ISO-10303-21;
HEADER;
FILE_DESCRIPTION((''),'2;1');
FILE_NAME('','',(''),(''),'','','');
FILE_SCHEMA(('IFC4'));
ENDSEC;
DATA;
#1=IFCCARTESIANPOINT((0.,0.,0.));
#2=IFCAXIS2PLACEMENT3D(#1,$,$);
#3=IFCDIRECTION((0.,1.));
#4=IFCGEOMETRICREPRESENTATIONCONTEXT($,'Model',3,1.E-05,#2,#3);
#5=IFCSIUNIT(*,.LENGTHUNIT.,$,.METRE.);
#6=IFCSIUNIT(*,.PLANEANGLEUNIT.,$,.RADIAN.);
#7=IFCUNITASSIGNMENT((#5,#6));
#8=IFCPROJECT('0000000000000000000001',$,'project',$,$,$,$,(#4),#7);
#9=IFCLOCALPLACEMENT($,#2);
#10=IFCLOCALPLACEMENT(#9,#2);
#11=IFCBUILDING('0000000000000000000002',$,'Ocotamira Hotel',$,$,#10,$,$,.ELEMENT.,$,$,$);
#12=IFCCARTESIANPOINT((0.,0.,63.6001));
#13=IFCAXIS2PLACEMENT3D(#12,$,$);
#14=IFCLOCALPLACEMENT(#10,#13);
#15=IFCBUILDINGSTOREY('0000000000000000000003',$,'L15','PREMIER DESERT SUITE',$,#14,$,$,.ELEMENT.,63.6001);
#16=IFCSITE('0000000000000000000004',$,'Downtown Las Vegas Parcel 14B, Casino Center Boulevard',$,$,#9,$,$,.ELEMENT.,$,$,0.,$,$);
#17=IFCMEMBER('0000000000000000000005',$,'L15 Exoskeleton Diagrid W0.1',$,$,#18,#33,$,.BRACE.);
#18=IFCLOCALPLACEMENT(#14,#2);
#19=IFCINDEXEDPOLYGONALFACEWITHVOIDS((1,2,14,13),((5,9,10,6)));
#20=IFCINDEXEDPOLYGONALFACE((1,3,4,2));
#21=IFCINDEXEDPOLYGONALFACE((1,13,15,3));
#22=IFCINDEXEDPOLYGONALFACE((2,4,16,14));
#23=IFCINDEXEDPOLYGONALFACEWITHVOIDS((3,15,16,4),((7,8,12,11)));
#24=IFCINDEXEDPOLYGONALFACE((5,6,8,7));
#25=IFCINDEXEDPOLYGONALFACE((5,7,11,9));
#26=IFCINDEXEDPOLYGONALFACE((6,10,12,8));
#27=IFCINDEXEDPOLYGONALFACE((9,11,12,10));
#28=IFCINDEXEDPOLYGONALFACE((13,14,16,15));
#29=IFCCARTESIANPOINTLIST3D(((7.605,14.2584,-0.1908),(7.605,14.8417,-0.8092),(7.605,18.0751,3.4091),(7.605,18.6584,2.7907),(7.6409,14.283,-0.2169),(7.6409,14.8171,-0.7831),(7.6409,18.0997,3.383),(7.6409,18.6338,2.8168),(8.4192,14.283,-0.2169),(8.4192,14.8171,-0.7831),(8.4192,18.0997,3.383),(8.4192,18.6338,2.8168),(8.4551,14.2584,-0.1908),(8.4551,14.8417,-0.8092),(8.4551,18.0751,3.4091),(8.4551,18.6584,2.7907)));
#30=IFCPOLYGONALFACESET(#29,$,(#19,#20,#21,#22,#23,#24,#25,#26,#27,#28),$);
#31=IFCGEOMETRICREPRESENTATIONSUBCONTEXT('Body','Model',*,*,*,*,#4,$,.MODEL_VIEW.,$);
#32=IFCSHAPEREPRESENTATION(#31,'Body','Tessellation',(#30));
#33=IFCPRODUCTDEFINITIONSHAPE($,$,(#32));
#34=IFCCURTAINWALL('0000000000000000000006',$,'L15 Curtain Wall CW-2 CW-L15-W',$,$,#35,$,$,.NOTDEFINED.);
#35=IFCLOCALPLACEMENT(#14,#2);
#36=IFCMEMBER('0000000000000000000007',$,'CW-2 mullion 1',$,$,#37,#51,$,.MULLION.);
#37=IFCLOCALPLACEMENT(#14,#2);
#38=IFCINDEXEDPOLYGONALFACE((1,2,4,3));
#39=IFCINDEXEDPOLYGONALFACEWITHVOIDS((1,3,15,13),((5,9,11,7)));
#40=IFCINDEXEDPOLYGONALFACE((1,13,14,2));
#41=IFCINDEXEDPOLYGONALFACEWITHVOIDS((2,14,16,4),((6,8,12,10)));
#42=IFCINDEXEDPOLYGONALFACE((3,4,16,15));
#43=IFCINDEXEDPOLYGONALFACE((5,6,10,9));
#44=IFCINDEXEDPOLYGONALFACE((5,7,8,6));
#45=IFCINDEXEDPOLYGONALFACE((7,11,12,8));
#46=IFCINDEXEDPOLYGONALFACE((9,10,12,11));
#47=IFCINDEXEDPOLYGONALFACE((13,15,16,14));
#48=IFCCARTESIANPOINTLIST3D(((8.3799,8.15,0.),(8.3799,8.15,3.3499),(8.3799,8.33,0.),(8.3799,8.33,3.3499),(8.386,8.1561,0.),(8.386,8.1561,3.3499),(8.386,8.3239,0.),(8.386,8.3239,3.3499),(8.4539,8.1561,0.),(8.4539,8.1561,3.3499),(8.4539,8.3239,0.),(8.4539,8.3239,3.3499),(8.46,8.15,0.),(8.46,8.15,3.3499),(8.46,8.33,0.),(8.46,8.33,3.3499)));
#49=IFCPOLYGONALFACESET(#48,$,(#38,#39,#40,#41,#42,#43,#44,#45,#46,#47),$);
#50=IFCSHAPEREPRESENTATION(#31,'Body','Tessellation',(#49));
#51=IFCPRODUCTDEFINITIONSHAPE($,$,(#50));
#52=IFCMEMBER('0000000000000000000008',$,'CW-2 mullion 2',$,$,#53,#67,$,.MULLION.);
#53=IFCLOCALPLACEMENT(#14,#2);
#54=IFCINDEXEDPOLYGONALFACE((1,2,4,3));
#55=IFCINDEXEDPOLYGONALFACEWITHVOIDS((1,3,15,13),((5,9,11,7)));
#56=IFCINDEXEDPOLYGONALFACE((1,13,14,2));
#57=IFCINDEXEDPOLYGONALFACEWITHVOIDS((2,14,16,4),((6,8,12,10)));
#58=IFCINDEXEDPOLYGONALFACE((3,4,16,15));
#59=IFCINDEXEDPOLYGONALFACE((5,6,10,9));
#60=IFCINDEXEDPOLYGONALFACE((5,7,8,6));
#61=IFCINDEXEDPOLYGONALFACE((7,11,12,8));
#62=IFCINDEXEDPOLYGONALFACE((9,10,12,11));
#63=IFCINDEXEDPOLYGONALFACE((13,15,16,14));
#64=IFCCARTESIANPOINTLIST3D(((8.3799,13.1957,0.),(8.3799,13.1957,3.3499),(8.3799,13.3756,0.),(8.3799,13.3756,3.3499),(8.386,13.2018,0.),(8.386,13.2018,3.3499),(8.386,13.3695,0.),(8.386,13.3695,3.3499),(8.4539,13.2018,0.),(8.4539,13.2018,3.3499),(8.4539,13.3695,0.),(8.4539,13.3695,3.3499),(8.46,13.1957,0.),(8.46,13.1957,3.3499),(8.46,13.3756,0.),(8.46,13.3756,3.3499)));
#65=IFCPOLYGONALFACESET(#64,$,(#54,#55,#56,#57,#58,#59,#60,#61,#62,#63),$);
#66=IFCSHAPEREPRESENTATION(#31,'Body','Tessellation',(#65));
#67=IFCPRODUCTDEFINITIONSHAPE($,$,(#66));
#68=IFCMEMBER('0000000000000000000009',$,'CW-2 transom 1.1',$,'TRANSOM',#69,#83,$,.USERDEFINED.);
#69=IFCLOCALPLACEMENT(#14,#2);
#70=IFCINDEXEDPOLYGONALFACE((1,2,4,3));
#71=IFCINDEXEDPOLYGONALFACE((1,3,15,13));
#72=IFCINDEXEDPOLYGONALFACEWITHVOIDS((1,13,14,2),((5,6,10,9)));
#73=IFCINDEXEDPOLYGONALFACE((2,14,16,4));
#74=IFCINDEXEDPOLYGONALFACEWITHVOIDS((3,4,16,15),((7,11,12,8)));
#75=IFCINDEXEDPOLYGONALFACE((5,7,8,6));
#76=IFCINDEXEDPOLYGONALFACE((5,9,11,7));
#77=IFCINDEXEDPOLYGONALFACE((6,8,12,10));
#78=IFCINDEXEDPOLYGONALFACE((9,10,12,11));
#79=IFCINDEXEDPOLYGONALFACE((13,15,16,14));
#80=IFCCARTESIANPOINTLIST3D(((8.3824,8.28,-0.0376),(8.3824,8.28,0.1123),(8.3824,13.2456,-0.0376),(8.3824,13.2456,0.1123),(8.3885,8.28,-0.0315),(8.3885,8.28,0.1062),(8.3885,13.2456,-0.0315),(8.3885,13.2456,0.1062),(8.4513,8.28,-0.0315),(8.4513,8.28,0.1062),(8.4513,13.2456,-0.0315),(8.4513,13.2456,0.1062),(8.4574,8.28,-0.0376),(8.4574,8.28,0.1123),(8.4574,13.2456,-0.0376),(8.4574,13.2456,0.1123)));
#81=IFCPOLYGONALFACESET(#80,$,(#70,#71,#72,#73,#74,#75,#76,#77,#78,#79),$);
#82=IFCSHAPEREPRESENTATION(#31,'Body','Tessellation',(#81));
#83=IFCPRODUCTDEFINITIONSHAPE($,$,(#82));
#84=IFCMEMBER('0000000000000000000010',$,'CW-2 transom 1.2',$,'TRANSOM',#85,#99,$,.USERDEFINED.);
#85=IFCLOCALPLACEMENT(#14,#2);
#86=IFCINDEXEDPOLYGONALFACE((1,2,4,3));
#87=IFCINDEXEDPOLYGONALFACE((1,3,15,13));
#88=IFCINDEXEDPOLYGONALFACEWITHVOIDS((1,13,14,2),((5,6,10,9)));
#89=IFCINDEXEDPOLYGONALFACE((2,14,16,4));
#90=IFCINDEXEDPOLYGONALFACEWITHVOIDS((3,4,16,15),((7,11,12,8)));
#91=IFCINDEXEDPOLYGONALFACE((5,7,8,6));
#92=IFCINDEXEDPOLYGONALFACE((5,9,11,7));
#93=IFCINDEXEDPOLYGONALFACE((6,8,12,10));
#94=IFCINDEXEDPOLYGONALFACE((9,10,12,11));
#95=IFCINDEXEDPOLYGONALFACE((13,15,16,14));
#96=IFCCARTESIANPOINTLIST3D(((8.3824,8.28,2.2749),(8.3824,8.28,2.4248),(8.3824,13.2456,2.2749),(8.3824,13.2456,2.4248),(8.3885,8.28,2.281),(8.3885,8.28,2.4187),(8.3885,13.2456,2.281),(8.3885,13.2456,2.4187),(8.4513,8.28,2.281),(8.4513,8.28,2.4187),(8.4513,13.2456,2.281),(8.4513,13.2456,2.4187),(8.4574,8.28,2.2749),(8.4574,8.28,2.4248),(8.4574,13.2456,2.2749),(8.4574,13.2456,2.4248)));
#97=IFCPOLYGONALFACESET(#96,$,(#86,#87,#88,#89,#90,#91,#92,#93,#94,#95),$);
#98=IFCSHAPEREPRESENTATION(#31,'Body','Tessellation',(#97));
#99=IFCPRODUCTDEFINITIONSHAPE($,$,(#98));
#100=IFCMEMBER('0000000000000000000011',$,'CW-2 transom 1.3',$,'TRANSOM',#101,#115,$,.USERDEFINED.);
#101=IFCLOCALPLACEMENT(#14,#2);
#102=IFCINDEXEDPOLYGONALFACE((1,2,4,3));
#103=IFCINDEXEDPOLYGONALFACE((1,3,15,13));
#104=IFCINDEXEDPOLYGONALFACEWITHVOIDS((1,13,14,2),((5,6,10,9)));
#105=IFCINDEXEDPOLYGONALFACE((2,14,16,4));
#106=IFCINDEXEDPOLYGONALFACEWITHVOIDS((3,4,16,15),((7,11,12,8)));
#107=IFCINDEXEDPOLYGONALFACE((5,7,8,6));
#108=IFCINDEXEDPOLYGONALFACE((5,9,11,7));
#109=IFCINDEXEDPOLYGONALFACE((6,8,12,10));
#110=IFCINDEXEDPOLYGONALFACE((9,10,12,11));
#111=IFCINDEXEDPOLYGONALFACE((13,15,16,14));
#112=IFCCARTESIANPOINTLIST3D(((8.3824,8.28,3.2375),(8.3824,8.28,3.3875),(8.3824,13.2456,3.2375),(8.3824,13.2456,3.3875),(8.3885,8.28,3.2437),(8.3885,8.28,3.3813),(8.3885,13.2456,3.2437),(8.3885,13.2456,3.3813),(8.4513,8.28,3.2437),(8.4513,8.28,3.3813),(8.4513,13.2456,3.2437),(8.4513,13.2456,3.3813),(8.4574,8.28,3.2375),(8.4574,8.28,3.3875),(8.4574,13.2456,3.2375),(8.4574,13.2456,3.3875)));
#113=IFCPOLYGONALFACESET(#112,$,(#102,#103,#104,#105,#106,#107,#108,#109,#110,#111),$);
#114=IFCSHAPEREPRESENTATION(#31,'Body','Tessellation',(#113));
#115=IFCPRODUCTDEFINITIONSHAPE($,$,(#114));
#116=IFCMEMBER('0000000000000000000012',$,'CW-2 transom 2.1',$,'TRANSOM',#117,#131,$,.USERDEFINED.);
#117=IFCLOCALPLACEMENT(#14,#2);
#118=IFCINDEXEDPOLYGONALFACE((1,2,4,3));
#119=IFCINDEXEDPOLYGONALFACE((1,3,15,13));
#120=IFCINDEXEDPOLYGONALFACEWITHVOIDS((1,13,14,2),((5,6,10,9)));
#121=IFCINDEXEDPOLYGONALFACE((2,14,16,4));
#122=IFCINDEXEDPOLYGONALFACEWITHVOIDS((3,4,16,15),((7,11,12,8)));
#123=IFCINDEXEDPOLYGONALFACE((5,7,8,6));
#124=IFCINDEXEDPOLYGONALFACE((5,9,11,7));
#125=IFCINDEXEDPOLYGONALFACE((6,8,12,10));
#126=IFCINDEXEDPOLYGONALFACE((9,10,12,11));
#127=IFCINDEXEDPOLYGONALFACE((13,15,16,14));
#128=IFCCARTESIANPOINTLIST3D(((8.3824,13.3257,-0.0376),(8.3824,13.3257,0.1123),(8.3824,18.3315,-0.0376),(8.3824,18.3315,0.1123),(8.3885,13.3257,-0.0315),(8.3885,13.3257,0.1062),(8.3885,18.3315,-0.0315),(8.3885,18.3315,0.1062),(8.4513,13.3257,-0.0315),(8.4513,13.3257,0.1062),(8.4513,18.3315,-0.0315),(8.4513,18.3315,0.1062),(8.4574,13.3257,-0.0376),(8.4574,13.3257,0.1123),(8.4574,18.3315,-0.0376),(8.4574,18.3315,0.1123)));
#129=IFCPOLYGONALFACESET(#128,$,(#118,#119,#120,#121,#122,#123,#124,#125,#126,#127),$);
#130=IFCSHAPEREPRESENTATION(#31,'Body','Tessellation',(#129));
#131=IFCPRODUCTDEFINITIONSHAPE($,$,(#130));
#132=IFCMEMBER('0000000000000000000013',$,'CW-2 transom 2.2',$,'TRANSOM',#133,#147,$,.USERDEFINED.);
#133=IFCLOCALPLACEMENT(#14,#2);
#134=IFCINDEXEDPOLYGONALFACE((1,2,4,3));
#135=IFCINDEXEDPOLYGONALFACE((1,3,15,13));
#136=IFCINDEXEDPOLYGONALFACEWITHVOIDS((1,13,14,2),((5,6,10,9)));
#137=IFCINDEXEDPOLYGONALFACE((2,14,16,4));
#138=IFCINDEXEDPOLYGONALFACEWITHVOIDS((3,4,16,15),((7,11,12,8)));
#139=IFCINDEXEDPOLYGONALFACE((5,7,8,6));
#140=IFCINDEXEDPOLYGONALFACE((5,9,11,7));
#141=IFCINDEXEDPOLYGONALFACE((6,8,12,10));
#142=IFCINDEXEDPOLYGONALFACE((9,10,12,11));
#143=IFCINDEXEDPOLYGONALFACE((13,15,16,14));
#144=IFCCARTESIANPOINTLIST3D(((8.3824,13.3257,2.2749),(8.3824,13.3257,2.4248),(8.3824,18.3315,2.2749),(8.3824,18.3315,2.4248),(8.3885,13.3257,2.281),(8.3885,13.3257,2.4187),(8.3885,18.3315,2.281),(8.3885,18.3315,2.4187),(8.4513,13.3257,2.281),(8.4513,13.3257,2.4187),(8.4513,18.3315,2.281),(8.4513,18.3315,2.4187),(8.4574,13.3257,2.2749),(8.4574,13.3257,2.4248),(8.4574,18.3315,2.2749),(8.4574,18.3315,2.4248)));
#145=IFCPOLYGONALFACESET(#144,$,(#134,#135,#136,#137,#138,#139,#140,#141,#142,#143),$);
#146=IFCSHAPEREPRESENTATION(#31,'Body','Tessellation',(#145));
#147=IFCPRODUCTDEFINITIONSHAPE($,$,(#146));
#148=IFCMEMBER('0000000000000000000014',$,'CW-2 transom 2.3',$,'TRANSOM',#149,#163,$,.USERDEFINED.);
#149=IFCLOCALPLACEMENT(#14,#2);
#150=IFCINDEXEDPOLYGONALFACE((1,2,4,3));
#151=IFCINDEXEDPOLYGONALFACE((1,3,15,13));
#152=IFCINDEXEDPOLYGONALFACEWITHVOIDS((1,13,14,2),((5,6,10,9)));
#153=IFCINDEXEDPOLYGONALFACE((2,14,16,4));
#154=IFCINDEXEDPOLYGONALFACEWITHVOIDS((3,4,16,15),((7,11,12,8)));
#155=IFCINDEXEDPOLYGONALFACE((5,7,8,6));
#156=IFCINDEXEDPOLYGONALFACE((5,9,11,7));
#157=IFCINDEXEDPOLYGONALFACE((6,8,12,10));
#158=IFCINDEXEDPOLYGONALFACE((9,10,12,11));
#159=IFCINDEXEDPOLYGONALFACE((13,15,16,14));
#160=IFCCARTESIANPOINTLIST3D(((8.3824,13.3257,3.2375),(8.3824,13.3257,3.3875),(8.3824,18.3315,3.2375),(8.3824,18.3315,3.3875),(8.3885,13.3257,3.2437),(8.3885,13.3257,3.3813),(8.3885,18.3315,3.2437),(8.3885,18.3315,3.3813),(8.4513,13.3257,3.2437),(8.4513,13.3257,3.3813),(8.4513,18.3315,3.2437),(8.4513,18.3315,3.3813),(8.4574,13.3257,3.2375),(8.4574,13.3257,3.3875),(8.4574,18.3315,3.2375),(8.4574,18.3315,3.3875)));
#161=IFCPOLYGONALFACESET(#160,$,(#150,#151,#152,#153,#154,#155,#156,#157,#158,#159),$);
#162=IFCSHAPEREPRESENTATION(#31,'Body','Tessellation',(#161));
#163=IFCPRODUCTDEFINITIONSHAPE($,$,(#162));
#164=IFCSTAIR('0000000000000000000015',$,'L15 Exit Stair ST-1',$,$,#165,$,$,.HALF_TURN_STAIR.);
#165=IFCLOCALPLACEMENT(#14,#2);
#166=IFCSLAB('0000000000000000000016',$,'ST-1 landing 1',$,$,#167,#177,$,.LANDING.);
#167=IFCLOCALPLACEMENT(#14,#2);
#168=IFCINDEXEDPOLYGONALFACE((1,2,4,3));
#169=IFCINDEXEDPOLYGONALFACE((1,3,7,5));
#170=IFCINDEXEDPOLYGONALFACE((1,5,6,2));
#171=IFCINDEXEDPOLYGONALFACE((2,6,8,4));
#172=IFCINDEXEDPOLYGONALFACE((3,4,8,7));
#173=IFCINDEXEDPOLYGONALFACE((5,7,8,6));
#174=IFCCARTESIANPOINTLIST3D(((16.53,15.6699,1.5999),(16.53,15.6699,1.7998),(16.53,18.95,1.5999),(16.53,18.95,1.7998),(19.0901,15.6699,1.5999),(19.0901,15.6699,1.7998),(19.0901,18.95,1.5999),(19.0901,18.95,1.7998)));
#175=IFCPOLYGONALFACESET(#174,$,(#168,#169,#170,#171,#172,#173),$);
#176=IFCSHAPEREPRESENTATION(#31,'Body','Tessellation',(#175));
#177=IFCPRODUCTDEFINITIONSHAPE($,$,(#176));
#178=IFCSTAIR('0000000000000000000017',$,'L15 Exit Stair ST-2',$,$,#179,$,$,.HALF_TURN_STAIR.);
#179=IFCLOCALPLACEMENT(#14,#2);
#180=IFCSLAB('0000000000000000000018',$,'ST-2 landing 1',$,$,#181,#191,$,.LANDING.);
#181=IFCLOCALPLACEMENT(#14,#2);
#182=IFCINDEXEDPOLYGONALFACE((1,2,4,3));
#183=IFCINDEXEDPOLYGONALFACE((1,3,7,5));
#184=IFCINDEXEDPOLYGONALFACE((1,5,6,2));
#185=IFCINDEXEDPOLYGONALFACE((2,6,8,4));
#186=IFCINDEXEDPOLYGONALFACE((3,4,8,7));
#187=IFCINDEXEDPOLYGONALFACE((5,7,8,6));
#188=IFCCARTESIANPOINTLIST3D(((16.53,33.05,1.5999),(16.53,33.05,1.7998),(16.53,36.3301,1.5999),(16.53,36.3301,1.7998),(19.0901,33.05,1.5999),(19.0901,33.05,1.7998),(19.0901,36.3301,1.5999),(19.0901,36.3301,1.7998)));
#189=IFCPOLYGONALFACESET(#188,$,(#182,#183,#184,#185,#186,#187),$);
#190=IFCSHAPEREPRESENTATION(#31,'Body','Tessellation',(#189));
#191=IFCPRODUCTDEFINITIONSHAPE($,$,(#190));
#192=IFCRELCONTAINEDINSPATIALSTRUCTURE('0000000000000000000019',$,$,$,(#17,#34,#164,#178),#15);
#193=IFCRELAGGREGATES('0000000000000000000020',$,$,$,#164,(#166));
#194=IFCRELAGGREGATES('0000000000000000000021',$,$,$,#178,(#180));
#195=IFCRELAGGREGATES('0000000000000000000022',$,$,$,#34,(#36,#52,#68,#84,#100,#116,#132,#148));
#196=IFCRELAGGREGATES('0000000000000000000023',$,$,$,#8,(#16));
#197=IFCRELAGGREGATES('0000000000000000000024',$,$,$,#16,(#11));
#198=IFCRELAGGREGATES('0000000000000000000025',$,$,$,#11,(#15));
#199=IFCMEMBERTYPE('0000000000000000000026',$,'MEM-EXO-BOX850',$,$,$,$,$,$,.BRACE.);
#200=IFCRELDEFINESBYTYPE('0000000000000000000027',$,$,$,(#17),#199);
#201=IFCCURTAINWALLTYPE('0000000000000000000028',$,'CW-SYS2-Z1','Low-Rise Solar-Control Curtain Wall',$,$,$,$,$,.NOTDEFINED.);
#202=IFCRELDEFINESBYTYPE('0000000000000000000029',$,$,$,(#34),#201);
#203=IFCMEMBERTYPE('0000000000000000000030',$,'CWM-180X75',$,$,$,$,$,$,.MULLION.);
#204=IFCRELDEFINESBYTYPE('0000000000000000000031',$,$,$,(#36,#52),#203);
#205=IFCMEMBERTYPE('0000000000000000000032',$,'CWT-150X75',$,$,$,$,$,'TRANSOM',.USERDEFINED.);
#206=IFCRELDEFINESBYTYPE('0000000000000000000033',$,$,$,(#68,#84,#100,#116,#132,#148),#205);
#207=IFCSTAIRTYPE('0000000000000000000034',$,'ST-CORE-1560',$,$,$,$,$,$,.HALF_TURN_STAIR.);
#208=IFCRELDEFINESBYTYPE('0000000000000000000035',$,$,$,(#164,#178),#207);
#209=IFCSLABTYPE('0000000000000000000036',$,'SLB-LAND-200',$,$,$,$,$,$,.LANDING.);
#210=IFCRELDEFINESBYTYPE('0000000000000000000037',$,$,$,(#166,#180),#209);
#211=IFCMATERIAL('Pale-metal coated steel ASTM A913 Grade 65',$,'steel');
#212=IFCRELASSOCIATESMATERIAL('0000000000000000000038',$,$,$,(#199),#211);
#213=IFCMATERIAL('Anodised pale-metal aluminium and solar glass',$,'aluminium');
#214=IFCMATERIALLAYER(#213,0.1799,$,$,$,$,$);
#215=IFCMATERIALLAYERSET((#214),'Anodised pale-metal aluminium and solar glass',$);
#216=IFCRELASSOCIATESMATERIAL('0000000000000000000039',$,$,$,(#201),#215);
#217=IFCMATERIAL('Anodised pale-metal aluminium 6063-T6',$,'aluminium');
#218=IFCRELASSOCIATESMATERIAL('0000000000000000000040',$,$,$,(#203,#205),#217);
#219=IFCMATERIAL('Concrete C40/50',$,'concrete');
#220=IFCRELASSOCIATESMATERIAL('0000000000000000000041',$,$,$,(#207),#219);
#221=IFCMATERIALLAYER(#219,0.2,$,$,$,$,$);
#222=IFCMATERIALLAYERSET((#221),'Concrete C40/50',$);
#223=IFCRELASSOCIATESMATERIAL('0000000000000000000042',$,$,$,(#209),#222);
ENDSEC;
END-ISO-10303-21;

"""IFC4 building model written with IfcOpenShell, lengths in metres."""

from ifc_helpers import new_model, si_unit, direction, frame, origin, origin_2d, place, context, subcontext, project, spatial, polyline, hollow_rectangle, outline, extrude, source, transform, mapped, material, layer, layer_set, material_profile, profile_set, type_object, element, aggregate, save


model = new_model("IFC4")

# Units and contexts
model_context = context("Model", 3, precision=1e-05, world=origin(), true_north=direction((0.0, 1.0)))
body_context = subcontext(model_context, "Body", "Model", "MODEL_VIEW")
ifc_project = project(units=[si_unit("LENGTHUNIT", "METRE"), si_unit("PLANEANGLEUNIT", "RADIAN")], contexts=[model_context])

# Site, building, storey
site_placement = place(None, origin())
site = spatial("IfcSite", under=ifc_project, at=site_placement, Name="Downtown Las Vegas Parcel 14B, Casino Center Boulevard", CompositionType="ELEMENT", RefElevation=0.0)
building_placement = place(site_placement, origin())
building = spatial("IfcBuilding", under=site, at=building_placement, Name="Ocotamira Hotel", CompositionType="ELEMENT")
storey_placement = place(building_placement, frame((0.0, 0.0, 63.6001)))
storey = spatial("IfcBuildingStorey", under=building, at=storey_placement, Name="L15", Description="PREMIER DESERT SUITE", CompositionType="ELEMENT", Elevation=63.6001)

# Member
ifc_material_1 = material(Name="Pale-metal coated steel ASTM A913 Grade 65", Category="steel")
ifc_material_profile_1 = material_profile(ifc_material_1, hollow_rectangle(XDim=0.8501, YDim=0.8501, WallThickness=0.0359, at=origin_2d()), Name="BOX850X850X36")
ifc_profile_set_1 = profile_set([ifc_material_profile_1], Name="Pale-metal coated steel ASTM A913 Grade 65")
member_type_1 = type_object("IfcMemberType", Name="MEM-EXO-BOX850", PredefinedType="BRACE", material=ifc_profile_set_1)
shared_shape_1 = source(origin(), body_context, "Body", "SweptSolid", [
    extrude(hollow_rectangle(XDim=0.8501, YDim=0.8501, WallThickness=0.0359, at=origin_2d()), origin(), (0.0, 0.0, 1.0), 5.2466),
])
member_1_placement = place(storey_placement, frame((8.03, 14.55, -0.5), z_axis=(0.0, 0.727466, 0.686144), x_axis=(-1.0, 0.0, 0.0)))
element("IfcMember", 1, at=member_1_placement, inside=storey, type_object=member_type_1, Name="L15 Exoskeleton Diagrid W0.1", PredefinedType="BRACE", context=body_context, shape_type="MappedRepresentation", body=[
    mapped(shared_shape_1, transform((0.0, 0.0, 0.0), scale=1.0)),
])

# Curtain wall, members
ifc_material_2 = material(Name="Anodised pale-metal aluminium and solar glass", Category="aluminium")
ifc_layer_1 = layer(ifc_material_2, 0.1799)
ifc_layer_set_1 = layer_set([ifc_layer_1], Name="Anodised pale-metal aluminium and solar glass")
curtain_wall_type = type_object("IfcCurtainWallType", Name="CW-SYS2-Z1", Description="Low-Rise Solar-Control Curtain Wall", PredefinedType="NOTDEFINED", material=ifc_layer_set_1)
curtain_wall_placement = place(storey_placement, origin())
curtain_wall = element("IfcCurtainWall", 2, at=curtain_wall_placement, inside=storey, type_object=curtain_wall_type, Name="L15 Curtain Wall CW-2 CW-L15-W", PredefinedType="NOTDEFINED")
ifc_material_3 = material(Name="Anodised pale-metal aluminium 6063-T6", Category="aluminium")
ifc_material_profile_2 = material_profile(ifc_material_3, hollow_rectangle(XDim=0.0801, YDim=0.1799, WallThickness=0.0061, at=origin_2d()), Name="HSS180X80X6")
ifc_profile_set_2 = profile_set([ifc_material_profile_2], Name="Anodised pale-metal aluminium 6063-T6")
member_type_2 = type_object("IfcMemberType", Name="CWM-180X75", PredefinedType="MULLION", material=ifc_profile_set_2)
shared_shape_2 = source(origin(), body_context, "Body", "SweptSolid", [
    extrude(hollow_rectangle(XDim=0.0801, YDim=0.1799, WallThickness=0.0061, at=origin_2d()), origin(), (0.0, 0.0, 1.0), 3.3499),
])
member_2_placement = place(storey_placement, frame((8.4199, 8.24, 0.0), z_axis=(0.0, 0.0, 1.0), x_axis=(-1.0, 0.0, 0.0)))
member_2 = element("IfcMember", 3, at=member_2_placement, type_object=member_type_2, Name="CW-2 mullion 1", PredefinedType="MULLION", context=body_context, shape_type="MappedRepresentation", body=[
    mapped(shared_shape_2, transform((0.0, 0.0, 0.0), scale=1.0)),
])
member_3_placement = place(storey_placement, frame((8.4199, 13.2856, 0.0), z_axis=(0.0, 0.0, 1.0), x_axis=(-1.0, 0.0, 0.0)))
member_3 = element("IfcMember", 4, at=member_3_placement, type_object=member_type_2, Name="CW-2 mullion 2", PredefinedType="MULLION", context=body_context, shape_type="MappedRepresentation", body=[
    mapped(shared_shape_2, transform((0.0, 0.0, 0.0), scale=1.0)),
])
ifc_material_profile_3 = material_profile(ifc_material_3, hollow_rectangle(XDim=0.075, YDim=0.1499, WallThickness=0.0061, at=origin_2d()), Name="HSS150X75X6")
ifc_profile_set_3 = profile_set([ifc_material_profile_3], Name="Anodised pale-metal aluminium 6063-T6")
member_type_3 = type_object("IfcMemberType", Name="CWT-150X75", ElementType="TRANSOM", PredefinedType="USERDEFINED", material=ifc_profile_set_3)
shared_shape_3 = source(origin(), body_context, "Body", "SweptSolid", [
    extrude(hollow_rectangle(XDim=0.075, YDim=0.1499, WallThickness=0.0061, at=origin_2d()), origin(), (0.0, 0.0, 1.0), 4.9656),
])
member_4_placement = place(storey_placement, frame((8.4199, 8.28, 0.0374), z_axis=(0.0, 1.0, 0.0), x_axis=(-1.0, 0.0, 0.0)))
member_4 = element("IfcMember", 5, at=member_4_placement, type_object=member_type_3, Name="CW-2 transom 1.1", ObjectType="TRANSOM", PredefinedType="USERDEFINED", context=body_context, shape_type="MappedRepresentation", body=[
    mapped(shared_shape_3, transform((0.0, 0.0, 0.0), scale=1.0)),
])
member_5_placement = place(storey_placement, frame((8.4199, 8.28, 2.3499), z_axis=(0.0, 1.0, 0.0), x_axis=(-1.0, 0.0, 0.0)))
member_5 = element("IfcMember", 6, at=member_5_placement, type_object=member_type_3, Name="CW-2 transom 1.2", ObjectType="TRANSOM", PredefinedType="USERDEFINED", context=body_context, shape_type="MappedRepresentation", body=[
    mapped(shared_shape_3, transform((0.0, 0.0, 0.0), scale=1.0)),
])
member_6_placement = place(storey_placement, frame((8.4199, 8.28, 3.3125), z_axis=(0.0, 1.0, 0.0), x_axis=(-1.0, 0.0, 0.0)))
member_6 = element("IfcMember", 7, at=member_6_placement, type_object=member_type_3, Name="CW-2 transom 1.3", ObjectType="TRANSOM", PredefinedType="USERDEFINED", context=body_context, shape_type="MappedRepresentation", body=[
    mapped(shared_shape_3, transform((0.0, 0.0, 0.0), scale=1.0)),
])
shared_shape_4 = source(origin(), body_context, "Body", "SweptSolid", [
    extrude(hollow_rectangle(XDim=0.075, YDim=0.1499, WallThickness=0.0061, at=origin_2d()), origin(), (0.0, 0.0, 1.0), 5.0059),
])
member_7_placement = place(storey_placement, frame((8.4199, 13.3257, 0.0374), z_axis=(0.0, 1.0, 0.0), x_axis=(-1.0, 0.0, 0.0)))
member_7 = element("IfcMember", 8, at=member_7_placement, type_object=member_type_3, Name="CW-2 transom 2.1", ObjectType="TRANSOM", PredefinedType="USERDEFINED", context=body_context, shape_type="MappedRepresentation", body=[
    mapped(shared_shape_4, transform((0.0, 0.0, 0.0), scale=1.0)),
])
member_8_placement = place(storey_placement, frame((8.4199, 13.3257, 2.3499), z_axis=(0.0, 1.0, 0.0), x_axis=(-1.0, 0.0, 0.0)))
member_8 = element("IfcMember", 9, at=member_8_placement, type_object=member_type_3, Name="CW-2 transom 2.2", ObjectType="TRANSOM", PredefinedType="USERDEFINED", context=body_context, shape_type="MappedRepresentation", body=[
    mapped(shared_shape_4, transform((0.0, 0.0, 0.0), scale=1.0)),
])
member_9_placement = place(storey_placement, frame((8.4199, 13.3257, 3.3125), z_axis=(0.0, 1.0, 0.0), x_axis=(-1.0, 0.0, 0.0)))
member_9 = element("IfcMember", 10, at=member_9_placement, type_object=member_type_3, Name="CW-2 transom 2.3", ObjectType="TRANSOM", PredefinedType="USERDEFINED", context=body_context, shape_type="MappedRepresentation", body=[
    mapped(shared_shape_4, transform((0.0, 0.0, 0.0), scale=1.0)),
])

# Stairs, slabs
ifc_material_4 = material(Name="Concrete C40/50", Category="concrete")
stair_type = type_object("IfcStairType", Name="ST-CORE-1560", PredefinedType="HALF_TURN_STAIR", material=ifc_material_4)
stair_1_placement = place(storey_placement, origin())
stair_1 = element("IfcStair", 11, at=stair_1_placement, inside=storey, type_object=stair_type, Name="L15 Exit Stair ST-1", PredefinedType="HALF_TURN_STAIR")
ifc_layer_2 = layer(ifc_material_4, 0.2)
ifc_layer_set_2 = layer_set([ifc_layer_2], Name="Concrete C40/50")
slab_type_1 = type_object("IfcSlabType", Name="SLB-LAND-200", PredefinedType="LANDING", material=ifc_layer_set_2)
slab_1_placement = place(storey_placement, frame((0.0, 0.0, 1.5999)))
slab_1 = element("IfcSlab", 12, at=slab_1_placement, type_object=slab_type_1, Name="ST-1 landing 1", PredefinedType="LANDING", context=body_context, shape_type="SweptSolid", body=[
    extrude(outline(polyline([(16.53, 15.6699), (19.0901, 15.6699), (19.0901, 18.95), (16.53, 18.95), (16.53, 15.6699)])), origin(), (0.0, 0.0, 1.0), 0.2),
])
aggregate(stair_1, [slab_1])
stair_2_placement = place(storey_placement, origin())
stair_2 = element("IfcStair", 13, at=stair_2_placement, inside=storey, type_object=stair_type, Name="L15 Exit Stair ST-2", PredefinedType="HALF_TURN_STAIR")
slab_2_placement = place(storey_placement, frame((0.0, 0.0, 1.5999)))
slab_2 = element("IfcSlab", 14, at=slab_2_placement, type_object=slab_type_1, Name="ST-2 landing 1", PredefinedType="LANDING", context=body_context, shape_type="SweptSolid", body=[
    extrude(outline(polyline([(16.53, 33.05), (19.0901, 33.05), (19.0901, 36.3301), (16.53, 36.3301), (16.53, 33.05)])), origin(), (0.0, 0.0, 1.0), 0.2),
])
aggregate(stair_2, [slab_2])

aggregate(curtain_wall, [member_2, member_3, member_4, member_5, member_6, member_7, member_8, member_9])

save(model, "model.ifc")
